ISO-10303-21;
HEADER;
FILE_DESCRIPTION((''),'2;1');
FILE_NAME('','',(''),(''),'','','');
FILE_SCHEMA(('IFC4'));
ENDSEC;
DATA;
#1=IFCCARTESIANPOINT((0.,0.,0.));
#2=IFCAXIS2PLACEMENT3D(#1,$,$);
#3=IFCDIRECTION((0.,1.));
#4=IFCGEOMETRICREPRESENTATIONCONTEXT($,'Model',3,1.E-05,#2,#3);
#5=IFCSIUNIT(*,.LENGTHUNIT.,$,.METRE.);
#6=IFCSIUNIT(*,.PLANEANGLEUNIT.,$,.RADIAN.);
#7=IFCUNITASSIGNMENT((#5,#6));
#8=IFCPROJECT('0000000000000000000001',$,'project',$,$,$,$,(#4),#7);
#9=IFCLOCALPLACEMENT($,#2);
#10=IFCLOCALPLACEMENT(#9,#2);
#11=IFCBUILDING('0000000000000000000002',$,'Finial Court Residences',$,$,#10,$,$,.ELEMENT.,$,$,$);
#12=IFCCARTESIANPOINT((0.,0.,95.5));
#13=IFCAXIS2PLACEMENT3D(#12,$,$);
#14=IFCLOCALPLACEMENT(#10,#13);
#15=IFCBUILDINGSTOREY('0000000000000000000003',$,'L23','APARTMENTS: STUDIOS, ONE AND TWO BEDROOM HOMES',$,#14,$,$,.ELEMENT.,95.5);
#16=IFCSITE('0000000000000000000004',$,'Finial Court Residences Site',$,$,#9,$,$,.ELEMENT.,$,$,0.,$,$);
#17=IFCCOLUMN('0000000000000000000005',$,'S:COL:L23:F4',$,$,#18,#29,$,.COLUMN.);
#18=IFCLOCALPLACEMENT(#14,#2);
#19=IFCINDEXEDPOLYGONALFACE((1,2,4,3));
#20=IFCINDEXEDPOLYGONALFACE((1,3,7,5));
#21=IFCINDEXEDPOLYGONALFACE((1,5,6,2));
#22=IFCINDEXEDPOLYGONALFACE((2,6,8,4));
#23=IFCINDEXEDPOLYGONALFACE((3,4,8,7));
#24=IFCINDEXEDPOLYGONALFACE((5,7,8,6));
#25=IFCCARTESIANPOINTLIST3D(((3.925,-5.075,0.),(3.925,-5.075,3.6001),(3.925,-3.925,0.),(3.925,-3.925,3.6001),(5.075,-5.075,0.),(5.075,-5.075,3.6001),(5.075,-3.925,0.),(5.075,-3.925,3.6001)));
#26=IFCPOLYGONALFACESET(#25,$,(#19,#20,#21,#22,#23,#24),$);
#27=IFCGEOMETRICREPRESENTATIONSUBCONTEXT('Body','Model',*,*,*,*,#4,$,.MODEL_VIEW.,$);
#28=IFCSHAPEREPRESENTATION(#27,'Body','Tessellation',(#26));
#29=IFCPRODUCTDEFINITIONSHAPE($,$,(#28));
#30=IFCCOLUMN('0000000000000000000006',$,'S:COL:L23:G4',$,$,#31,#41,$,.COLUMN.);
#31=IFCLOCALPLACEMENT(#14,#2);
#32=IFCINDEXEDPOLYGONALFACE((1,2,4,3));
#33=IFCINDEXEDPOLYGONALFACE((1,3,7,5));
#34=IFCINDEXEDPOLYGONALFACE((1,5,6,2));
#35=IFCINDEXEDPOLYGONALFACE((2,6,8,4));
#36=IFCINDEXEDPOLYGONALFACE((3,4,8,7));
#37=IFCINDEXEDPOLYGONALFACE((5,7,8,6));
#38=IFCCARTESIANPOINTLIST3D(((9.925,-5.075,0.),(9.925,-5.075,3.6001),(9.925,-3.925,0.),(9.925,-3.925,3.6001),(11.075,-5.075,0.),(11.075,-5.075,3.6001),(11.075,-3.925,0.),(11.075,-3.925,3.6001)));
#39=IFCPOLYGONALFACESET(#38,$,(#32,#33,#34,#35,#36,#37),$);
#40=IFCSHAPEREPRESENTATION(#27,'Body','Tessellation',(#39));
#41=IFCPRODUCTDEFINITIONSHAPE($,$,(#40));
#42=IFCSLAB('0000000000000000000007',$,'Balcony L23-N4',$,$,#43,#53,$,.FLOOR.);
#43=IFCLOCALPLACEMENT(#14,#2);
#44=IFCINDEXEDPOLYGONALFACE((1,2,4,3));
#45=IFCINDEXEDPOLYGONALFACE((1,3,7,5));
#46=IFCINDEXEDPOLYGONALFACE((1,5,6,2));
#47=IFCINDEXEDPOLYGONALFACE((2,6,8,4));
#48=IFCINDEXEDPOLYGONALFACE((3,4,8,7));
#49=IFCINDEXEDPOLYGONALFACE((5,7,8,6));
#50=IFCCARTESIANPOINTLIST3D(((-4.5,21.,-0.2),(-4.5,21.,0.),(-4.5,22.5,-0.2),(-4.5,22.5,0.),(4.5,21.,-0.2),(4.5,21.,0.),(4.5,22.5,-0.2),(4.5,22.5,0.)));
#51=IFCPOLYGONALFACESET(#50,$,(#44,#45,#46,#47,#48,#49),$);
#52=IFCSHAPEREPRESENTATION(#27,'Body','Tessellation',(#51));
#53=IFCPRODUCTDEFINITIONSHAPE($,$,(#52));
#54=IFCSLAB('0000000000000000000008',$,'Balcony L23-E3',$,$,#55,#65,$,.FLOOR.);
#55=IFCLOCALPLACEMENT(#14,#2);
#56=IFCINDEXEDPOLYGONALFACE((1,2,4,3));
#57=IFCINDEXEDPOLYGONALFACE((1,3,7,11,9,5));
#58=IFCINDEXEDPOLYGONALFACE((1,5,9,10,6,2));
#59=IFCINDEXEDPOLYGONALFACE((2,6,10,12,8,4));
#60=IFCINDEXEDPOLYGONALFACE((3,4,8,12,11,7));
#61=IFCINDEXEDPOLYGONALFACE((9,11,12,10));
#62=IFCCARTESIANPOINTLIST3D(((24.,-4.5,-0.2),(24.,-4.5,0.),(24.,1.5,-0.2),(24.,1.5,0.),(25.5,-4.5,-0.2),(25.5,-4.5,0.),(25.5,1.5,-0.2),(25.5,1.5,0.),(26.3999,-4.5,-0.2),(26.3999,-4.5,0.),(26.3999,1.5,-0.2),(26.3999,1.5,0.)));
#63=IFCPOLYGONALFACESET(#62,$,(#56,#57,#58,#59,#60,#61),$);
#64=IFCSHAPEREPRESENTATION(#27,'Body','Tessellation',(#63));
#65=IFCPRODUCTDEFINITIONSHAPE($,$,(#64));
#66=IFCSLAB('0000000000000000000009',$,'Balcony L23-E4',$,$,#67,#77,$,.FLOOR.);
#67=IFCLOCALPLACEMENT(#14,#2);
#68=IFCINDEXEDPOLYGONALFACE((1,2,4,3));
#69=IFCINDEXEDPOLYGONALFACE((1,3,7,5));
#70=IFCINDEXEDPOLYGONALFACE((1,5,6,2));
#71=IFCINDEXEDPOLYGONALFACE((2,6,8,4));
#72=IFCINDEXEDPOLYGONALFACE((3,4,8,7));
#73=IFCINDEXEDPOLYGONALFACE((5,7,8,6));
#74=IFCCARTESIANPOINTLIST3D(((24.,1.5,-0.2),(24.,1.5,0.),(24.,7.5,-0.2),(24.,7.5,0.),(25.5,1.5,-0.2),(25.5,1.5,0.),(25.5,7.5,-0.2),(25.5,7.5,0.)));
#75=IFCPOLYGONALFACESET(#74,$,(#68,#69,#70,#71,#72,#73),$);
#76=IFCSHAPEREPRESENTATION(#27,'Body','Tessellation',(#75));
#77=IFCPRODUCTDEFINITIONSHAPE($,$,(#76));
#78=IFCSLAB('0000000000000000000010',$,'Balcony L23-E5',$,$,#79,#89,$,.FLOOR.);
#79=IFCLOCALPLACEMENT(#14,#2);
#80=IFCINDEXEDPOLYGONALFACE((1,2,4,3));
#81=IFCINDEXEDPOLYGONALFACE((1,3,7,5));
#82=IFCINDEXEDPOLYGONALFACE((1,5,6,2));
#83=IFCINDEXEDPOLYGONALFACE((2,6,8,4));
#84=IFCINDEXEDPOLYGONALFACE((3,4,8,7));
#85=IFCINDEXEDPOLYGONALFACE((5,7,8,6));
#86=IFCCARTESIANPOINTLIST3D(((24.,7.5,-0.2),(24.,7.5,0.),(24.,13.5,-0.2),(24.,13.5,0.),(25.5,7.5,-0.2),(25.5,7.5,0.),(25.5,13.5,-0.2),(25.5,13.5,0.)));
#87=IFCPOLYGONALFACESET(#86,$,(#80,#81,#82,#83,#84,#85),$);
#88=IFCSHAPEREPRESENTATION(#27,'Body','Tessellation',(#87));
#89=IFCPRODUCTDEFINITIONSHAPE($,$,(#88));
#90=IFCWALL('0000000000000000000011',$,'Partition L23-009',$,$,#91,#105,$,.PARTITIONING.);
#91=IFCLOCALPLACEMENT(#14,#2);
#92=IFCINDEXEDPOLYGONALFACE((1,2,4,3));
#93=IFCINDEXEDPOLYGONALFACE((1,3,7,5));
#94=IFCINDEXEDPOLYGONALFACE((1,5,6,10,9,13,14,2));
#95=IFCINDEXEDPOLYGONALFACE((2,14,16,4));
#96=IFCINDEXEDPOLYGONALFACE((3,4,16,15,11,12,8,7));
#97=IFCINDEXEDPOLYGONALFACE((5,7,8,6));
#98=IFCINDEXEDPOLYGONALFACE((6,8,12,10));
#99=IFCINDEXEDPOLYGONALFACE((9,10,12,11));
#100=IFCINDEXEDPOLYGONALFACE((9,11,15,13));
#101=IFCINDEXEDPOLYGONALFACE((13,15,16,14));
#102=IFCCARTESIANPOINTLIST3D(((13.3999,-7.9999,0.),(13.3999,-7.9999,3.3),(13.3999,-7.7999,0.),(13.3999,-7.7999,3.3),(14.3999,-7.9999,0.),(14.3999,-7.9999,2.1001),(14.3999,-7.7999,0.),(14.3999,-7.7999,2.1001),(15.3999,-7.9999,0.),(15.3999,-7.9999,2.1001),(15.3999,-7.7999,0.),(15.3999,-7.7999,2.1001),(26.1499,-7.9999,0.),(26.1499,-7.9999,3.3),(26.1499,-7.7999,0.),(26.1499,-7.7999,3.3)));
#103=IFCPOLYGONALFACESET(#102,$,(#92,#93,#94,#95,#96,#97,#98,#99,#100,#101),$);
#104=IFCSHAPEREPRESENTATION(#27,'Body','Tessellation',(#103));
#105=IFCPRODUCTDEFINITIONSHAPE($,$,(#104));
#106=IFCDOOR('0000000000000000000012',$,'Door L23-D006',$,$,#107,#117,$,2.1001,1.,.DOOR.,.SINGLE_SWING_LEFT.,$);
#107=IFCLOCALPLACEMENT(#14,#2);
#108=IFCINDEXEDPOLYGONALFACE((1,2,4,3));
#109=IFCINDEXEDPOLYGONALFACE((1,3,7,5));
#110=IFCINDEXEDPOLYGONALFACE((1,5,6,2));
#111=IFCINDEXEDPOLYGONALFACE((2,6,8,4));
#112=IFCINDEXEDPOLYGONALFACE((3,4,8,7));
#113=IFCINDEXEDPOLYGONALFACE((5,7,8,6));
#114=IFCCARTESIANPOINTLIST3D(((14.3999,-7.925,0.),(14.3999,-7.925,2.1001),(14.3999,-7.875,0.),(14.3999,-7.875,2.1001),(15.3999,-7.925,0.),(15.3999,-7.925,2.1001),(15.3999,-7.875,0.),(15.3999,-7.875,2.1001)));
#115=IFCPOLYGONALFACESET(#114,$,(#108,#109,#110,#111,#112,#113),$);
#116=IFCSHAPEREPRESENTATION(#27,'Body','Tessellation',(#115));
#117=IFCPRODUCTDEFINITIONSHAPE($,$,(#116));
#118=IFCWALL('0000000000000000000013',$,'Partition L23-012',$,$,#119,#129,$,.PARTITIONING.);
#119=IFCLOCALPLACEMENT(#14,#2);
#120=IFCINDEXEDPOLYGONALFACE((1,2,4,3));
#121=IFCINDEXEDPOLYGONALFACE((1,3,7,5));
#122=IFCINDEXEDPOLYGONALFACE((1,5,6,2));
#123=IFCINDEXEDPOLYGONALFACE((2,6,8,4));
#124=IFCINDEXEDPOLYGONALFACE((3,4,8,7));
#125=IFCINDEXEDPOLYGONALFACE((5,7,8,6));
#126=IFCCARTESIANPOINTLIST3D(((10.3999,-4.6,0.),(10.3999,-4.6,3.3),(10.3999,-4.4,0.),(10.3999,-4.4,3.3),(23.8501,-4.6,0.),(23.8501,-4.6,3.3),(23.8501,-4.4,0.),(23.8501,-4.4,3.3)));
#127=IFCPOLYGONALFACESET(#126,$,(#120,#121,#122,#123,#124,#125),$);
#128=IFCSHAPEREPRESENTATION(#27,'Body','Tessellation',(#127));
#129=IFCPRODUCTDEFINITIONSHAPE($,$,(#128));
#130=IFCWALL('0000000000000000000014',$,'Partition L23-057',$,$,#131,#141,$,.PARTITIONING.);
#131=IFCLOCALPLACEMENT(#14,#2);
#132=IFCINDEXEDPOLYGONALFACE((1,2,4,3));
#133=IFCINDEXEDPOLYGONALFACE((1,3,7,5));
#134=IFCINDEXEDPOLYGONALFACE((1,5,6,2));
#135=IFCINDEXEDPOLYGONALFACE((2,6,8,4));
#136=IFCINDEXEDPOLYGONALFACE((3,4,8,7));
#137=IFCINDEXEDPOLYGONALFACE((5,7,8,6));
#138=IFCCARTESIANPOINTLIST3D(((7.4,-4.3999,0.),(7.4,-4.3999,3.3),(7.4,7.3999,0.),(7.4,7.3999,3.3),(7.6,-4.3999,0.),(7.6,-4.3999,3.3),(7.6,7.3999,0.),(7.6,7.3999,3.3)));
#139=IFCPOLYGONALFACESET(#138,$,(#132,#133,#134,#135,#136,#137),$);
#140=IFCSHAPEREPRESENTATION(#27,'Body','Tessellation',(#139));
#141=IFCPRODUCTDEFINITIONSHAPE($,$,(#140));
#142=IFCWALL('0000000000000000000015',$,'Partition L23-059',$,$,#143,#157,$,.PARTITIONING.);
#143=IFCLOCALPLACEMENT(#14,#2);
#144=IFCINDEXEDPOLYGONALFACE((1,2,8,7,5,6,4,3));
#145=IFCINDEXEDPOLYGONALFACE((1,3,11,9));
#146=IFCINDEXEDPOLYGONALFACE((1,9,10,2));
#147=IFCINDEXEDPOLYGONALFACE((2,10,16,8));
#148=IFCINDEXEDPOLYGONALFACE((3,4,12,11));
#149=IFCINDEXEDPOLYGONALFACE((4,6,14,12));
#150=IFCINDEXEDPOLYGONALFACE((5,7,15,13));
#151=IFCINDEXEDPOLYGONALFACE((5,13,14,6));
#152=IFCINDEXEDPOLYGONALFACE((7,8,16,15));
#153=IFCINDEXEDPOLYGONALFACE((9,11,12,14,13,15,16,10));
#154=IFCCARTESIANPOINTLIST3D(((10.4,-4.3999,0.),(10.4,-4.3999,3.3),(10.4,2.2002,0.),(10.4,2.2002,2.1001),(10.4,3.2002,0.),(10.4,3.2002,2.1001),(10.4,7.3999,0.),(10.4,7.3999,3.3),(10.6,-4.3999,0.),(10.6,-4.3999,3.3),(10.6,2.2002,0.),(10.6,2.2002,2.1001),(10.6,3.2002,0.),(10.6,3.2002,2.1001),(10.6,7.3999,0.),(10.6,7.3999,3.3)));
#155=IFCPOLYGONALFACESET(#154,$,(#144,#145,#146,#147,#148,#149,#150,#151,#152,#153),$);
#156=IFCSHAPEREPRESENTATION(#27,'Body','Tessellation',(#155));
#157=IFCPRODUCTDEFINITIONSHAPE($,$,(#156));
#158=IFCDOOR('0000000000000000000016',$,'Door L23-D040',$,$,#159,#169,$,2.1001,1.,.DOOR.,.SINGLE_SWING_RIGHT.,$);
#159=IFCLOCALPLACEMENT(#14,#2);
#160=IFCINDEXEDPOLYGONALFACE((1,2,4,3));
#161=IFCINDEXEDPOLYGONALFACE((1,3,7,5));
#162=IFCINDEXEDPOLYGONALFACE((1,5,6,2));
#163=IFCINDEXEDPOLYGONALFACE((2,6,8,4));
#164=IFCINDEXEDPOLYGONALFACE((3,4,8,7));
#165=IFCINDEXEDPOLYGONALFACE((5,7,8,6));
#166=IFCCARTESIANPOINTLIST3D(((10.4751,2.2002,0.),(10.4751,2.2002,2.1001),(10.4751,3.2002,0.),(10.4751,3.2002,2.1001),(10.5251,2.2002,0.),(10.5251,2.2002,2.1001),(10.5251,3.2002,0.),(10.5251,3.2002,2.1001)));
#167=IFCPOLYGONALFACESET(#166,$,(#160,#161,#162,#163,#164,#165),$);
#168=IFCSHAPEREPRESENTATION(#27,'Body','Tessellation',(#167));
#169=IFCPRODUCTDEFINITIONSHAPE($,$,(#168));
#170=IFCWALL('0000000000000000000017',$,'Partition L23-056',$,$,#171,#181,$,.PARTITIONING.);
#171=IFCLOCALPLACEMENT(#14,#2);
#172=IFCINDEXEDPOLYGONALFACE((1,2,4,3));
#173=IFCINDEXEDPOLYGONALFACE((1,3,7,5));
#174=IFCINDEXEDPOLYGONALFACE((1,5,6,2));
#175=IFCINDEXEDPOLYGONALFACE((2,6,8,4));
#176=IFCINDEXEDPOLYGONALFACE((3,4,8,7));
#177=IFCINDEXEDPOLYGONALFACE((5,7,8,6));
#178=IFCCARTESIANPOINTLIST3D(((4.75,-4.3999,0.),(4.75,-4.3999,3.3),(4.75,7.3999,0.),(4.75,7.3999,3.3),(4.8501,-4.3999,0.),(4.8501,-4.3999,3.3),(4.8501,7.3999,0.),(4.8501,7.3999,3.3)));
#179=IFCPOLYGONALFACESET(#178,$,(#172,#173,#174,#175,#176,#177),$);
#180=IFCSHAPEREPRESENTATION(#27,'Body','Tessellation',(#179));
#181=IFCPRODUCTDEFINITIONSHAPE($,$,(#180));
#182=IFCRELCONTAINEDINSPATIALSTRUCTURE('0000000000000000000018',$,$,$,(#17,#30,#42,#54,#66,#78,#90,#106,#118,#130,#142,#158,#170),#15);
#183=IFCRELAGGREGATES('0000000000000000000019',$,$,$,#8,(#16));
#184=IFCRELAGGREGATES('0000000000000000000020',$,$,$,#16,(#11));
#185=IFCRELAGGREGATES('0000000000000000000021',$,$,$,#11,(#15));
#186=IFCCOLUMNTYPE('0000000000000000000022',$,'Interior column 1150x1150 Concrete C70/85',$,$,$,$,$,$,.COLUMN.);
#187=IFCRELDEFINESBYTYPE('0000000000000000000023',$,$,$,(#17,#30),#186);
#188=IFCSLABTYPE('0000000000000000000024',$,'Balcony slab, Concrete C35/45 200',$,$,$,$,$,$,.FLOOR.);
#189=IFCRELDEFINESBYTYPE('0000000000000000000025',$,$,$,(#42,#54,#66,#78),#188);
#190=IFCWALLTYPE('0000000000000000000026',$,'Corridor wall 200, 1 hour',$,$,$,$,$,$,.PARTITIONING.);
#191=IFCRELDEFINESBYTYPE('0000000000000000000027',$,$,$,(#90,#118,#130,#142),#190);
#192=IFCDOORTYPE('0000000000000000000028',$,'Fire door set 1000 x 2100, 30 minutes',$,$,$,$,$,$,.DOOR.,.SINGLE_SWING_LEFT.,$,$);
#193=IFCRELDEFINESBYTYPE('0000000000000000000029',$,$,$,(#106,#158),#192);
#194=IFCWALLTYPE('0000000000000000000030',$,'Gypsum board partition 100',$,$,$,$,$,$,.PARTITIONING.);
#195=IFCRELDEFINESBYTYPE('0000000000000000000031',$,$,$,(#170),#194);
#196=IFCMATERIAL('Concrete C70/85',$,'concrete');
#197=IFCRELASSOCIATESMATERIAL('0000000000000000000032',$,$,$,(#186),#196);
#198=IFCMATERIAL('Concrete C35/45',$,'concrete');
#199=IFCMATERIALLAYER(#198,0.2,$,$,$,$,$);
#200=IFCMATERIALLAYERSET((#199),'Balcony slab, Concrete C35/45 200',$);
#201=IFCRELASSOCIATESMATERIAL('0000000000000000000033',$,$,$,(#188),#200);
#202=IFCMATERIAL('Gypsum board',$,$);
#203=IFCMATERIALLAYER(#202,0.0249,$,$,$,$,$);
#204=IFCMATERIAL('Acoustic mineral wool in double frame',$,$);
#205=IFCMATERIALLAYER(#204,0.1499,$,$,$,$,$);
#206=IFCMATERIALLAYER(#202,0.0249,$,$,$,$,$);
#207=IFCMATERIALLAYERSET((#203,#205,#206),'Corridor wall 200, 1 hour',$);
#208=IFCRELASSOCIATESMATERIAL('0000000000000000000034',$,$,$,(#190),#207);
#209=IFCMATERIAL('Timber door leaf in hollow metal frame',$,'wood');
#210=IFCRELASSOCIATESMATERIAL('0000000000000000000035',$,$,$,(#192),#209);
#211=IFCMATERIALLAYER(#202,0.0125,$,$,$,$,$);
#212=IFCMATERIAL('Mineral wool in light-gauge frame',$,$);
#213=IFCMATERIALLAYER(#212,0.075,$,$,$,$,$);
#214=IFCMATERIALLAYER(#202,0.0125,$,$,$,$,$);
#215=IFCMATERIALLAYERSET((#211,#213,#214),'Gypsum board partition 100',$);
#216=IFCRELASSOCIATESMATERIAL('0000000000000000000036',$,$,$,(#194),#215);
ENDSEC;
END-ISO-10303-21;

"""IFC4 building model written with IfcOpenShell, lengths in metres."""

from ifc_helpers import new_model, si_unit, direction, frame, frame_2d, origin, origin_2d, place, context, subcontext, project, spatial, polyline, rectangle, outline, extrude, material, layer, layer_set, material_profile, profile_set, type_object, element, fill, save


model = new_model("IFC4")

# Units and contexts
model_context = context("Model", 3, precision=1e-05, world=origin(), true_north=direction((0.0, 1.0)))
body_context = subcontext(model_context, "Body", "Model", "MODEL_VIEW")
ifc_project = project(units=[si_unit("LENGTHUNIT", "METRE"), si_unit("PLANEANGLEUNIT", "RADIAN")], contexts=[model_context])

# Site, building, storey
site_placement = place(None, origin())
site = spatial("IfcSite", under=ifc_project, at=site_placement, Name="Finial Court Residences Site", CompositionType="ELEMENT", RefElevation=0.0)
building_placement = place(site_placement, origin())
building = spatial("IfcBuilding", under=site, at=building_placement, Name="Finial Court Residences", CompositionType="ELEMENT")
storey_placement = place(building_placement, frame((0.0, 0.0, 95.5)))
storey = spatial("IfcBuildingStorey", under=building, at=storey_placement, Name="L23", Description="APARTMENTS: STUDIOS, ONE AND TWO BEDROOM HOMES", CompositionType="ELEMENT", Elevation=95.5)

# Columns
ifc_material_1 = material(Name="Concrete C70/85", Category="concrete")
ifc_material_profile = material_profile(ifc_material_1, rectangle(XDim=1.1499, YDim=1.1499, at=origin_2d()), Name="1150x1150")
ifc_profile_set = profile_set([ifc_material_profile], Name="Concrete C70/85")
column_type = type_object("IfcColumnType", Name="Interior column 1150x1150 Concrete C70/85", PredefinedType="COLUMN", material=ifc_profile_set)
for number, where, z_axis, x_axis, name in (
    (1, (4.5, -4.5, 0.0), (0.0, 0.0, 1.0), (1.0, 0.0, 0.0), "S:COL:L23:F4"),
    (2, (10.5, -4.5, 0.0), (0.0, 0.0, 1.0), (1.0, 0.0, 0.0), "S:COL:L23:G4"),
):
    element("IfcColumn", number, at=place(storey_placement, frame(where, z_axis=z_axis, x_axis=x_axis)), inside=storey, type_object=column_type, Name=name, PredefinedType="COLUMN", context=body_context, shape_type="SweptSolid", body=[
        extrude(rectangle(XDim=1.1499, YDim=1.1499, at=origin_2d()), origin(), (0.0, 0.0, 1.0), 3.6001),
    ])

# Slabs
ifc_material_2 = material(Name="Concrete C35/45", Category="concrete")
ifc_layer_1 = layer(ifc_material_2, 0.2)
ifc_layer_set_1 = layer_set([ifc_layer_1], Name="Balcony slab, Concrete C35/45 200")
slab_type = type_object("IfcSlabType", Name="Balcony slab, Concrete C35/45 200", PredefinedType="FLOOR", material=ifc_layer_set_1)
slab_1_placement = place(storey_placement, frame((0.0, 0.0, -0.2)))
element("IfcSlab", 3, at=slab_1_placement, inside=storey, type_object=slab_type, Name="Balcony L23-N4", PredefinedType="FLOOR", context=body_context, shape_type="SweptSolid", body=[
    extrude(outline(polyline([(4.5, 21.0), (4.5, 22.5), (-4.5, 22.5), (-4.5, 21.0), (4.5, 21.0)])), origin(), (0.0, 0.0, 1.0), 0.2),
])
slab_2_placement = place(storey_placement, frame((0.0, 0.0, -0.2)))
element("IfcSlab", 4, at=slab_2_placement, inside=storey, type_object=slab_type, Name="Balcony L23-E3", PredefinedType="FLOOR", context=body_context, shape_type="SweptSolid", body=[
    extrude(outline(polyline([(24.0, 1.5), (25.5, 1.5), (26.3999, 1.5), (26.3999, -4.5), (25.5, -4.5), (24.0, -4.5), (24.0, 1.5)])), origin(), (0.0, 0.0, 1.0), 0.2),
])
slab_3_placement = place(storey_placement, frame((0.0, 0.0, -0.2)))
element("IfcSlab", 5, at=slab_3_placement, inside=storey, type_object=slab_type, Name="Balcony L23-E4", PredefinedType="FLOOR", context=body_context, shape_type="SweptSolid", body=[
    extrude(outline(polyline([(25.5, 1.5), (25.5, 7.5), (24.0, 7.5), (24.0, 1.5), (25.5, 1.5)])), origin(), (0.0, 0.0, 1.0), 0.2),
])
slab_4_placement = place(storey_placement, frame((0.0, 0.0, -0.2)))
element("IfcSlab", 6, at=slab_4_placement, inside=storey, type_object=slab_type, Name="Balcony L23-E5", PredefinedType="FLOOR", context=body_context, shape_type="SweptSolid", body=[
    extrude(outline(polyline([(25.5, 7.5), (25.5, 13.5), (24.0, 13.5), (24.0, 7.5), (25.5, 7.5)])), origin(), (0.0, 0.0, 1.0), 0.2),
])

# Wall, opening, door
ifc_material_3 = material(Name="Gypsum board")
ifc_layer_2 = layer(ifc_material_3, 0.0249)
ifc_material_4 = material(Name="Acoustic mineral wool in double frame")
ifc_layer_3 = layer(ifc_material_4, 0.1499)
ifc_layer_4 = layer(ifc_material_3, 0.0249)
ifc_layer_set_2 = layer_set([ifc_layer_2, ifc_layer_3, ifc_layer_4], Name="Corridor wall 200, 1 hour")
wall_type_1 = type_object("IfcWallType", Name="Corridor wall 200, 1 hour", PredefinedType="PARTITIONING", material=ifc_layer_set_2)
wall_1_placement = place(storey_placement, frame((13.3999, -7.8999, 0.0), z_axis=(0.0, 0.0, 1.0), x_axis=(1.0, 0.0, 0.0)))
wall_1 = element("IfcWall", 7, at=wall_1_placement, inside=storey, type_object=wall_type_1, Name="Partition L23-009", PredefinedType="PARTITIONING", context=body_context, shape_type="SweptSolid", body=[
    extrude(rectangle(XDim=12.75, YDim=0.2, at=frame_2d((6.375, 0.0))), origin(), (0.0, 0.0, 1.0), 3.3),
])
opening_1_placement = place(wall_1_placement, frame((1.0, 0.0, 0.0)))
opening_1 = element("IfcOpeningElement", 8, at=opening_1_placement, cuts=wall_1, PredefinedType="OPENING", context=body_context, shape_type="SweptSolid", body=[
    extrude(rectangle(XDim=1.0, YDim=2.1001, at=frame_2d((0.5, 1.05))), frame((0.0, 0.1099, 0.0), z_axis=(0.0, -1.0, 0.0), x_axis=(1.0, 0.0, 0.0)), (0.0, 0.0, 1.0), 0.22),
])
ifc_material_5 = material(Name="Timber door leaf in hollow metal frame", Category="wood")
door_type_1 = type_object("IfcDoorType", Name="Fire door set 1000 x 2100, 30 minutes", OperationType="SINGLE_SWING_LEFT", PredefinedType="DOOR", material=ifc_material_5)
door_1_placement = place(opening_1_placement, origin())
door_1 = element("IfcDoor", 9, at=door_1_placement, inside=storey, type_object=door_type_1, Name="Door L23-D006", OperationType="SINGLE_SWING_LEFT", OverallHeight=2.1001, OverallWidth=1.0, PredefinedType="DOOR", context=body_context, shape_type="SweptSolid", body=[
    extrude(rectangle(XDim=1.0, YDim=2.1001, at=frame_2d((0.5, 1.05))), frame((0.0, 0.0249, 0.0), z_axis=(0.0, -1.0, 0.0), x_axis=(1.0, 0.0, 0.0)), (0.0, 0.0, 1.0), 0.05),
])
fill(opening_1, door_1)

# Walls
wall_2_placement = place(storey_placement, frame((10.3999, -4.5, 0.0), z_axis=(0.0, 0.0, 1.0), x_axis=(1.0, 0.0, 0.0)))
element("IfcWall", 10, at=wall_2_placement, inside=storey, type_object=wall_type_1, Name="Partition L23-012", PredefinedType="PARTITIONING", context=body_context, shape_type="SweptSolid", body=[
    extrude(rectangle(XDim=13.4502, YDim=0.2, at=frame_2d((6.7251, 0.0))), origin(), (0.0, 0.0, 1.0), 3.3),
])
wall_3_placement = place(storey_placement, frame((7.5, -4.3999, 0.0), z_axis=(0.0, 0.0, 1.0), x_axis=(0.0, 1.0, 0.0)))
element("IfcWall", 11, at=wall_3_placement, inside=storey, type_object=wall_type_1, Name="Partition L23-057", PredefinedType="PARTITIONING", context=body_context, shape_type="SweptSolid", body=[
    extrude(rectangle(XDim=11.7998, YDim=0.2, at=frame_2d((5.8999, 0.0))), origin(), (0.0, 0.0, 1.0), 3.3),
])

# Wall, opening, door
wall_4_placement = place(storey_placement, frame((10.5, -4.3999, 0.0), z_axis=(0.0, 0.0, 1.0), x_axis=(0.0, 1.0, 0.0)))
wall_4 = element("IfcWall", 12, at=wall_4_placement, inside=storey, type_object=wall_type_1, Name="Partition L23-059", PredefinedType="PARTITIONING", context=body_context, shape_type="SweptSolid", body=[
    extrude(rectangle(XDim=11.7998, YDim=0.2, at=frame_2d((5.8999, 0.0))), origin(), (0.0, 0.0, 1.0), 3.3),
])
opening_2_placement = place(wall_4_placement, frame((6.6001, 0.0, 0.0)))
opening_2 = element("IfcOpeningElement", 13, at=opening_2_placement, cuts=wall_4, PredefinedType="OPENING", context=body_context, shape_type="SweptSolid", body=[
    extrude(rectangle(XDim=1.0, YDim=2.1001, at=frame_2d((0.5, 1.05))), frame((0.0, 0.1099, 0.0), z_axis=(0.0, -1.0, 0.0), x_axis=(1.0, 0.0, 0.0)), (0.0, 0.0, 1.0), 0.22),
])
door_2_placement = place(opening_2_placement, origin())
door_2 = element("IfcDoor", 14, at=door_2_placement, inside=storey, type_object=door_type_1, Name="Door L23-D040", OperationType="SINGLE_SWING_RIGHT", OverallHeight=2.1001, OverallWidth=1.0, PredefinedType="DOOR", context=body_context, shape_type="SweptSolid", body=[
    extrude(rectangle(XDim=1.0, YDim=2.1001, at=frame_2d((0.5, 1.05))), frame((0.0, 0.0249, 0.0), z_axis=(0.0, -1.0, 0.0), x_axis=(1.0, 0.0, 0.0)), (0.0, 0.0, 1.0), 0.05),
])
fill(opening_2, door_2)

# Wall
ifc_layer_5 = layer(ifc_material_3, 0.0125)
ifc_material_6 = material(Name="Mineral wool in light-gauge frame")
ifc_layer_6 = layer(ifc_material_6, 0.075)
ifc_layer_7 = layer(ifc_material_3, 0.0125)
ifc_layer_set_3 = layer_set([ifc_layer_5, ifc_layer_6, ifc_layer_7], Name="Gypsum board partition 100")
wall_type_2 = type_object("IfcWallType", Name="Gypsum board partition 100", PredefinedType="PARTITIONING", material=ifc_layer_set_3)
wall_5_placement = place(storey_placement, frame((4.8, -4.3999, 0.0), z_axis=(0.0, 0.0, 1.0), x_axis=(0.0, 1.0, 0.0)))
element("IfcWall", 15, at=wall_5_placement, inside=storey, type_object=wall_type_2, Name="Partition L23-056", PredefinedType="PARTITIONING", context=body_context, shape_type="SweptSolid", body=[
    extrude(rectangle(XDim=11.7998, YDim=0.1001, at=frame_2d((5.8999, 0.0))), origin(), (0.0, 0.0, 1.0), 3.3),
])

save(model, "model.ifc")
